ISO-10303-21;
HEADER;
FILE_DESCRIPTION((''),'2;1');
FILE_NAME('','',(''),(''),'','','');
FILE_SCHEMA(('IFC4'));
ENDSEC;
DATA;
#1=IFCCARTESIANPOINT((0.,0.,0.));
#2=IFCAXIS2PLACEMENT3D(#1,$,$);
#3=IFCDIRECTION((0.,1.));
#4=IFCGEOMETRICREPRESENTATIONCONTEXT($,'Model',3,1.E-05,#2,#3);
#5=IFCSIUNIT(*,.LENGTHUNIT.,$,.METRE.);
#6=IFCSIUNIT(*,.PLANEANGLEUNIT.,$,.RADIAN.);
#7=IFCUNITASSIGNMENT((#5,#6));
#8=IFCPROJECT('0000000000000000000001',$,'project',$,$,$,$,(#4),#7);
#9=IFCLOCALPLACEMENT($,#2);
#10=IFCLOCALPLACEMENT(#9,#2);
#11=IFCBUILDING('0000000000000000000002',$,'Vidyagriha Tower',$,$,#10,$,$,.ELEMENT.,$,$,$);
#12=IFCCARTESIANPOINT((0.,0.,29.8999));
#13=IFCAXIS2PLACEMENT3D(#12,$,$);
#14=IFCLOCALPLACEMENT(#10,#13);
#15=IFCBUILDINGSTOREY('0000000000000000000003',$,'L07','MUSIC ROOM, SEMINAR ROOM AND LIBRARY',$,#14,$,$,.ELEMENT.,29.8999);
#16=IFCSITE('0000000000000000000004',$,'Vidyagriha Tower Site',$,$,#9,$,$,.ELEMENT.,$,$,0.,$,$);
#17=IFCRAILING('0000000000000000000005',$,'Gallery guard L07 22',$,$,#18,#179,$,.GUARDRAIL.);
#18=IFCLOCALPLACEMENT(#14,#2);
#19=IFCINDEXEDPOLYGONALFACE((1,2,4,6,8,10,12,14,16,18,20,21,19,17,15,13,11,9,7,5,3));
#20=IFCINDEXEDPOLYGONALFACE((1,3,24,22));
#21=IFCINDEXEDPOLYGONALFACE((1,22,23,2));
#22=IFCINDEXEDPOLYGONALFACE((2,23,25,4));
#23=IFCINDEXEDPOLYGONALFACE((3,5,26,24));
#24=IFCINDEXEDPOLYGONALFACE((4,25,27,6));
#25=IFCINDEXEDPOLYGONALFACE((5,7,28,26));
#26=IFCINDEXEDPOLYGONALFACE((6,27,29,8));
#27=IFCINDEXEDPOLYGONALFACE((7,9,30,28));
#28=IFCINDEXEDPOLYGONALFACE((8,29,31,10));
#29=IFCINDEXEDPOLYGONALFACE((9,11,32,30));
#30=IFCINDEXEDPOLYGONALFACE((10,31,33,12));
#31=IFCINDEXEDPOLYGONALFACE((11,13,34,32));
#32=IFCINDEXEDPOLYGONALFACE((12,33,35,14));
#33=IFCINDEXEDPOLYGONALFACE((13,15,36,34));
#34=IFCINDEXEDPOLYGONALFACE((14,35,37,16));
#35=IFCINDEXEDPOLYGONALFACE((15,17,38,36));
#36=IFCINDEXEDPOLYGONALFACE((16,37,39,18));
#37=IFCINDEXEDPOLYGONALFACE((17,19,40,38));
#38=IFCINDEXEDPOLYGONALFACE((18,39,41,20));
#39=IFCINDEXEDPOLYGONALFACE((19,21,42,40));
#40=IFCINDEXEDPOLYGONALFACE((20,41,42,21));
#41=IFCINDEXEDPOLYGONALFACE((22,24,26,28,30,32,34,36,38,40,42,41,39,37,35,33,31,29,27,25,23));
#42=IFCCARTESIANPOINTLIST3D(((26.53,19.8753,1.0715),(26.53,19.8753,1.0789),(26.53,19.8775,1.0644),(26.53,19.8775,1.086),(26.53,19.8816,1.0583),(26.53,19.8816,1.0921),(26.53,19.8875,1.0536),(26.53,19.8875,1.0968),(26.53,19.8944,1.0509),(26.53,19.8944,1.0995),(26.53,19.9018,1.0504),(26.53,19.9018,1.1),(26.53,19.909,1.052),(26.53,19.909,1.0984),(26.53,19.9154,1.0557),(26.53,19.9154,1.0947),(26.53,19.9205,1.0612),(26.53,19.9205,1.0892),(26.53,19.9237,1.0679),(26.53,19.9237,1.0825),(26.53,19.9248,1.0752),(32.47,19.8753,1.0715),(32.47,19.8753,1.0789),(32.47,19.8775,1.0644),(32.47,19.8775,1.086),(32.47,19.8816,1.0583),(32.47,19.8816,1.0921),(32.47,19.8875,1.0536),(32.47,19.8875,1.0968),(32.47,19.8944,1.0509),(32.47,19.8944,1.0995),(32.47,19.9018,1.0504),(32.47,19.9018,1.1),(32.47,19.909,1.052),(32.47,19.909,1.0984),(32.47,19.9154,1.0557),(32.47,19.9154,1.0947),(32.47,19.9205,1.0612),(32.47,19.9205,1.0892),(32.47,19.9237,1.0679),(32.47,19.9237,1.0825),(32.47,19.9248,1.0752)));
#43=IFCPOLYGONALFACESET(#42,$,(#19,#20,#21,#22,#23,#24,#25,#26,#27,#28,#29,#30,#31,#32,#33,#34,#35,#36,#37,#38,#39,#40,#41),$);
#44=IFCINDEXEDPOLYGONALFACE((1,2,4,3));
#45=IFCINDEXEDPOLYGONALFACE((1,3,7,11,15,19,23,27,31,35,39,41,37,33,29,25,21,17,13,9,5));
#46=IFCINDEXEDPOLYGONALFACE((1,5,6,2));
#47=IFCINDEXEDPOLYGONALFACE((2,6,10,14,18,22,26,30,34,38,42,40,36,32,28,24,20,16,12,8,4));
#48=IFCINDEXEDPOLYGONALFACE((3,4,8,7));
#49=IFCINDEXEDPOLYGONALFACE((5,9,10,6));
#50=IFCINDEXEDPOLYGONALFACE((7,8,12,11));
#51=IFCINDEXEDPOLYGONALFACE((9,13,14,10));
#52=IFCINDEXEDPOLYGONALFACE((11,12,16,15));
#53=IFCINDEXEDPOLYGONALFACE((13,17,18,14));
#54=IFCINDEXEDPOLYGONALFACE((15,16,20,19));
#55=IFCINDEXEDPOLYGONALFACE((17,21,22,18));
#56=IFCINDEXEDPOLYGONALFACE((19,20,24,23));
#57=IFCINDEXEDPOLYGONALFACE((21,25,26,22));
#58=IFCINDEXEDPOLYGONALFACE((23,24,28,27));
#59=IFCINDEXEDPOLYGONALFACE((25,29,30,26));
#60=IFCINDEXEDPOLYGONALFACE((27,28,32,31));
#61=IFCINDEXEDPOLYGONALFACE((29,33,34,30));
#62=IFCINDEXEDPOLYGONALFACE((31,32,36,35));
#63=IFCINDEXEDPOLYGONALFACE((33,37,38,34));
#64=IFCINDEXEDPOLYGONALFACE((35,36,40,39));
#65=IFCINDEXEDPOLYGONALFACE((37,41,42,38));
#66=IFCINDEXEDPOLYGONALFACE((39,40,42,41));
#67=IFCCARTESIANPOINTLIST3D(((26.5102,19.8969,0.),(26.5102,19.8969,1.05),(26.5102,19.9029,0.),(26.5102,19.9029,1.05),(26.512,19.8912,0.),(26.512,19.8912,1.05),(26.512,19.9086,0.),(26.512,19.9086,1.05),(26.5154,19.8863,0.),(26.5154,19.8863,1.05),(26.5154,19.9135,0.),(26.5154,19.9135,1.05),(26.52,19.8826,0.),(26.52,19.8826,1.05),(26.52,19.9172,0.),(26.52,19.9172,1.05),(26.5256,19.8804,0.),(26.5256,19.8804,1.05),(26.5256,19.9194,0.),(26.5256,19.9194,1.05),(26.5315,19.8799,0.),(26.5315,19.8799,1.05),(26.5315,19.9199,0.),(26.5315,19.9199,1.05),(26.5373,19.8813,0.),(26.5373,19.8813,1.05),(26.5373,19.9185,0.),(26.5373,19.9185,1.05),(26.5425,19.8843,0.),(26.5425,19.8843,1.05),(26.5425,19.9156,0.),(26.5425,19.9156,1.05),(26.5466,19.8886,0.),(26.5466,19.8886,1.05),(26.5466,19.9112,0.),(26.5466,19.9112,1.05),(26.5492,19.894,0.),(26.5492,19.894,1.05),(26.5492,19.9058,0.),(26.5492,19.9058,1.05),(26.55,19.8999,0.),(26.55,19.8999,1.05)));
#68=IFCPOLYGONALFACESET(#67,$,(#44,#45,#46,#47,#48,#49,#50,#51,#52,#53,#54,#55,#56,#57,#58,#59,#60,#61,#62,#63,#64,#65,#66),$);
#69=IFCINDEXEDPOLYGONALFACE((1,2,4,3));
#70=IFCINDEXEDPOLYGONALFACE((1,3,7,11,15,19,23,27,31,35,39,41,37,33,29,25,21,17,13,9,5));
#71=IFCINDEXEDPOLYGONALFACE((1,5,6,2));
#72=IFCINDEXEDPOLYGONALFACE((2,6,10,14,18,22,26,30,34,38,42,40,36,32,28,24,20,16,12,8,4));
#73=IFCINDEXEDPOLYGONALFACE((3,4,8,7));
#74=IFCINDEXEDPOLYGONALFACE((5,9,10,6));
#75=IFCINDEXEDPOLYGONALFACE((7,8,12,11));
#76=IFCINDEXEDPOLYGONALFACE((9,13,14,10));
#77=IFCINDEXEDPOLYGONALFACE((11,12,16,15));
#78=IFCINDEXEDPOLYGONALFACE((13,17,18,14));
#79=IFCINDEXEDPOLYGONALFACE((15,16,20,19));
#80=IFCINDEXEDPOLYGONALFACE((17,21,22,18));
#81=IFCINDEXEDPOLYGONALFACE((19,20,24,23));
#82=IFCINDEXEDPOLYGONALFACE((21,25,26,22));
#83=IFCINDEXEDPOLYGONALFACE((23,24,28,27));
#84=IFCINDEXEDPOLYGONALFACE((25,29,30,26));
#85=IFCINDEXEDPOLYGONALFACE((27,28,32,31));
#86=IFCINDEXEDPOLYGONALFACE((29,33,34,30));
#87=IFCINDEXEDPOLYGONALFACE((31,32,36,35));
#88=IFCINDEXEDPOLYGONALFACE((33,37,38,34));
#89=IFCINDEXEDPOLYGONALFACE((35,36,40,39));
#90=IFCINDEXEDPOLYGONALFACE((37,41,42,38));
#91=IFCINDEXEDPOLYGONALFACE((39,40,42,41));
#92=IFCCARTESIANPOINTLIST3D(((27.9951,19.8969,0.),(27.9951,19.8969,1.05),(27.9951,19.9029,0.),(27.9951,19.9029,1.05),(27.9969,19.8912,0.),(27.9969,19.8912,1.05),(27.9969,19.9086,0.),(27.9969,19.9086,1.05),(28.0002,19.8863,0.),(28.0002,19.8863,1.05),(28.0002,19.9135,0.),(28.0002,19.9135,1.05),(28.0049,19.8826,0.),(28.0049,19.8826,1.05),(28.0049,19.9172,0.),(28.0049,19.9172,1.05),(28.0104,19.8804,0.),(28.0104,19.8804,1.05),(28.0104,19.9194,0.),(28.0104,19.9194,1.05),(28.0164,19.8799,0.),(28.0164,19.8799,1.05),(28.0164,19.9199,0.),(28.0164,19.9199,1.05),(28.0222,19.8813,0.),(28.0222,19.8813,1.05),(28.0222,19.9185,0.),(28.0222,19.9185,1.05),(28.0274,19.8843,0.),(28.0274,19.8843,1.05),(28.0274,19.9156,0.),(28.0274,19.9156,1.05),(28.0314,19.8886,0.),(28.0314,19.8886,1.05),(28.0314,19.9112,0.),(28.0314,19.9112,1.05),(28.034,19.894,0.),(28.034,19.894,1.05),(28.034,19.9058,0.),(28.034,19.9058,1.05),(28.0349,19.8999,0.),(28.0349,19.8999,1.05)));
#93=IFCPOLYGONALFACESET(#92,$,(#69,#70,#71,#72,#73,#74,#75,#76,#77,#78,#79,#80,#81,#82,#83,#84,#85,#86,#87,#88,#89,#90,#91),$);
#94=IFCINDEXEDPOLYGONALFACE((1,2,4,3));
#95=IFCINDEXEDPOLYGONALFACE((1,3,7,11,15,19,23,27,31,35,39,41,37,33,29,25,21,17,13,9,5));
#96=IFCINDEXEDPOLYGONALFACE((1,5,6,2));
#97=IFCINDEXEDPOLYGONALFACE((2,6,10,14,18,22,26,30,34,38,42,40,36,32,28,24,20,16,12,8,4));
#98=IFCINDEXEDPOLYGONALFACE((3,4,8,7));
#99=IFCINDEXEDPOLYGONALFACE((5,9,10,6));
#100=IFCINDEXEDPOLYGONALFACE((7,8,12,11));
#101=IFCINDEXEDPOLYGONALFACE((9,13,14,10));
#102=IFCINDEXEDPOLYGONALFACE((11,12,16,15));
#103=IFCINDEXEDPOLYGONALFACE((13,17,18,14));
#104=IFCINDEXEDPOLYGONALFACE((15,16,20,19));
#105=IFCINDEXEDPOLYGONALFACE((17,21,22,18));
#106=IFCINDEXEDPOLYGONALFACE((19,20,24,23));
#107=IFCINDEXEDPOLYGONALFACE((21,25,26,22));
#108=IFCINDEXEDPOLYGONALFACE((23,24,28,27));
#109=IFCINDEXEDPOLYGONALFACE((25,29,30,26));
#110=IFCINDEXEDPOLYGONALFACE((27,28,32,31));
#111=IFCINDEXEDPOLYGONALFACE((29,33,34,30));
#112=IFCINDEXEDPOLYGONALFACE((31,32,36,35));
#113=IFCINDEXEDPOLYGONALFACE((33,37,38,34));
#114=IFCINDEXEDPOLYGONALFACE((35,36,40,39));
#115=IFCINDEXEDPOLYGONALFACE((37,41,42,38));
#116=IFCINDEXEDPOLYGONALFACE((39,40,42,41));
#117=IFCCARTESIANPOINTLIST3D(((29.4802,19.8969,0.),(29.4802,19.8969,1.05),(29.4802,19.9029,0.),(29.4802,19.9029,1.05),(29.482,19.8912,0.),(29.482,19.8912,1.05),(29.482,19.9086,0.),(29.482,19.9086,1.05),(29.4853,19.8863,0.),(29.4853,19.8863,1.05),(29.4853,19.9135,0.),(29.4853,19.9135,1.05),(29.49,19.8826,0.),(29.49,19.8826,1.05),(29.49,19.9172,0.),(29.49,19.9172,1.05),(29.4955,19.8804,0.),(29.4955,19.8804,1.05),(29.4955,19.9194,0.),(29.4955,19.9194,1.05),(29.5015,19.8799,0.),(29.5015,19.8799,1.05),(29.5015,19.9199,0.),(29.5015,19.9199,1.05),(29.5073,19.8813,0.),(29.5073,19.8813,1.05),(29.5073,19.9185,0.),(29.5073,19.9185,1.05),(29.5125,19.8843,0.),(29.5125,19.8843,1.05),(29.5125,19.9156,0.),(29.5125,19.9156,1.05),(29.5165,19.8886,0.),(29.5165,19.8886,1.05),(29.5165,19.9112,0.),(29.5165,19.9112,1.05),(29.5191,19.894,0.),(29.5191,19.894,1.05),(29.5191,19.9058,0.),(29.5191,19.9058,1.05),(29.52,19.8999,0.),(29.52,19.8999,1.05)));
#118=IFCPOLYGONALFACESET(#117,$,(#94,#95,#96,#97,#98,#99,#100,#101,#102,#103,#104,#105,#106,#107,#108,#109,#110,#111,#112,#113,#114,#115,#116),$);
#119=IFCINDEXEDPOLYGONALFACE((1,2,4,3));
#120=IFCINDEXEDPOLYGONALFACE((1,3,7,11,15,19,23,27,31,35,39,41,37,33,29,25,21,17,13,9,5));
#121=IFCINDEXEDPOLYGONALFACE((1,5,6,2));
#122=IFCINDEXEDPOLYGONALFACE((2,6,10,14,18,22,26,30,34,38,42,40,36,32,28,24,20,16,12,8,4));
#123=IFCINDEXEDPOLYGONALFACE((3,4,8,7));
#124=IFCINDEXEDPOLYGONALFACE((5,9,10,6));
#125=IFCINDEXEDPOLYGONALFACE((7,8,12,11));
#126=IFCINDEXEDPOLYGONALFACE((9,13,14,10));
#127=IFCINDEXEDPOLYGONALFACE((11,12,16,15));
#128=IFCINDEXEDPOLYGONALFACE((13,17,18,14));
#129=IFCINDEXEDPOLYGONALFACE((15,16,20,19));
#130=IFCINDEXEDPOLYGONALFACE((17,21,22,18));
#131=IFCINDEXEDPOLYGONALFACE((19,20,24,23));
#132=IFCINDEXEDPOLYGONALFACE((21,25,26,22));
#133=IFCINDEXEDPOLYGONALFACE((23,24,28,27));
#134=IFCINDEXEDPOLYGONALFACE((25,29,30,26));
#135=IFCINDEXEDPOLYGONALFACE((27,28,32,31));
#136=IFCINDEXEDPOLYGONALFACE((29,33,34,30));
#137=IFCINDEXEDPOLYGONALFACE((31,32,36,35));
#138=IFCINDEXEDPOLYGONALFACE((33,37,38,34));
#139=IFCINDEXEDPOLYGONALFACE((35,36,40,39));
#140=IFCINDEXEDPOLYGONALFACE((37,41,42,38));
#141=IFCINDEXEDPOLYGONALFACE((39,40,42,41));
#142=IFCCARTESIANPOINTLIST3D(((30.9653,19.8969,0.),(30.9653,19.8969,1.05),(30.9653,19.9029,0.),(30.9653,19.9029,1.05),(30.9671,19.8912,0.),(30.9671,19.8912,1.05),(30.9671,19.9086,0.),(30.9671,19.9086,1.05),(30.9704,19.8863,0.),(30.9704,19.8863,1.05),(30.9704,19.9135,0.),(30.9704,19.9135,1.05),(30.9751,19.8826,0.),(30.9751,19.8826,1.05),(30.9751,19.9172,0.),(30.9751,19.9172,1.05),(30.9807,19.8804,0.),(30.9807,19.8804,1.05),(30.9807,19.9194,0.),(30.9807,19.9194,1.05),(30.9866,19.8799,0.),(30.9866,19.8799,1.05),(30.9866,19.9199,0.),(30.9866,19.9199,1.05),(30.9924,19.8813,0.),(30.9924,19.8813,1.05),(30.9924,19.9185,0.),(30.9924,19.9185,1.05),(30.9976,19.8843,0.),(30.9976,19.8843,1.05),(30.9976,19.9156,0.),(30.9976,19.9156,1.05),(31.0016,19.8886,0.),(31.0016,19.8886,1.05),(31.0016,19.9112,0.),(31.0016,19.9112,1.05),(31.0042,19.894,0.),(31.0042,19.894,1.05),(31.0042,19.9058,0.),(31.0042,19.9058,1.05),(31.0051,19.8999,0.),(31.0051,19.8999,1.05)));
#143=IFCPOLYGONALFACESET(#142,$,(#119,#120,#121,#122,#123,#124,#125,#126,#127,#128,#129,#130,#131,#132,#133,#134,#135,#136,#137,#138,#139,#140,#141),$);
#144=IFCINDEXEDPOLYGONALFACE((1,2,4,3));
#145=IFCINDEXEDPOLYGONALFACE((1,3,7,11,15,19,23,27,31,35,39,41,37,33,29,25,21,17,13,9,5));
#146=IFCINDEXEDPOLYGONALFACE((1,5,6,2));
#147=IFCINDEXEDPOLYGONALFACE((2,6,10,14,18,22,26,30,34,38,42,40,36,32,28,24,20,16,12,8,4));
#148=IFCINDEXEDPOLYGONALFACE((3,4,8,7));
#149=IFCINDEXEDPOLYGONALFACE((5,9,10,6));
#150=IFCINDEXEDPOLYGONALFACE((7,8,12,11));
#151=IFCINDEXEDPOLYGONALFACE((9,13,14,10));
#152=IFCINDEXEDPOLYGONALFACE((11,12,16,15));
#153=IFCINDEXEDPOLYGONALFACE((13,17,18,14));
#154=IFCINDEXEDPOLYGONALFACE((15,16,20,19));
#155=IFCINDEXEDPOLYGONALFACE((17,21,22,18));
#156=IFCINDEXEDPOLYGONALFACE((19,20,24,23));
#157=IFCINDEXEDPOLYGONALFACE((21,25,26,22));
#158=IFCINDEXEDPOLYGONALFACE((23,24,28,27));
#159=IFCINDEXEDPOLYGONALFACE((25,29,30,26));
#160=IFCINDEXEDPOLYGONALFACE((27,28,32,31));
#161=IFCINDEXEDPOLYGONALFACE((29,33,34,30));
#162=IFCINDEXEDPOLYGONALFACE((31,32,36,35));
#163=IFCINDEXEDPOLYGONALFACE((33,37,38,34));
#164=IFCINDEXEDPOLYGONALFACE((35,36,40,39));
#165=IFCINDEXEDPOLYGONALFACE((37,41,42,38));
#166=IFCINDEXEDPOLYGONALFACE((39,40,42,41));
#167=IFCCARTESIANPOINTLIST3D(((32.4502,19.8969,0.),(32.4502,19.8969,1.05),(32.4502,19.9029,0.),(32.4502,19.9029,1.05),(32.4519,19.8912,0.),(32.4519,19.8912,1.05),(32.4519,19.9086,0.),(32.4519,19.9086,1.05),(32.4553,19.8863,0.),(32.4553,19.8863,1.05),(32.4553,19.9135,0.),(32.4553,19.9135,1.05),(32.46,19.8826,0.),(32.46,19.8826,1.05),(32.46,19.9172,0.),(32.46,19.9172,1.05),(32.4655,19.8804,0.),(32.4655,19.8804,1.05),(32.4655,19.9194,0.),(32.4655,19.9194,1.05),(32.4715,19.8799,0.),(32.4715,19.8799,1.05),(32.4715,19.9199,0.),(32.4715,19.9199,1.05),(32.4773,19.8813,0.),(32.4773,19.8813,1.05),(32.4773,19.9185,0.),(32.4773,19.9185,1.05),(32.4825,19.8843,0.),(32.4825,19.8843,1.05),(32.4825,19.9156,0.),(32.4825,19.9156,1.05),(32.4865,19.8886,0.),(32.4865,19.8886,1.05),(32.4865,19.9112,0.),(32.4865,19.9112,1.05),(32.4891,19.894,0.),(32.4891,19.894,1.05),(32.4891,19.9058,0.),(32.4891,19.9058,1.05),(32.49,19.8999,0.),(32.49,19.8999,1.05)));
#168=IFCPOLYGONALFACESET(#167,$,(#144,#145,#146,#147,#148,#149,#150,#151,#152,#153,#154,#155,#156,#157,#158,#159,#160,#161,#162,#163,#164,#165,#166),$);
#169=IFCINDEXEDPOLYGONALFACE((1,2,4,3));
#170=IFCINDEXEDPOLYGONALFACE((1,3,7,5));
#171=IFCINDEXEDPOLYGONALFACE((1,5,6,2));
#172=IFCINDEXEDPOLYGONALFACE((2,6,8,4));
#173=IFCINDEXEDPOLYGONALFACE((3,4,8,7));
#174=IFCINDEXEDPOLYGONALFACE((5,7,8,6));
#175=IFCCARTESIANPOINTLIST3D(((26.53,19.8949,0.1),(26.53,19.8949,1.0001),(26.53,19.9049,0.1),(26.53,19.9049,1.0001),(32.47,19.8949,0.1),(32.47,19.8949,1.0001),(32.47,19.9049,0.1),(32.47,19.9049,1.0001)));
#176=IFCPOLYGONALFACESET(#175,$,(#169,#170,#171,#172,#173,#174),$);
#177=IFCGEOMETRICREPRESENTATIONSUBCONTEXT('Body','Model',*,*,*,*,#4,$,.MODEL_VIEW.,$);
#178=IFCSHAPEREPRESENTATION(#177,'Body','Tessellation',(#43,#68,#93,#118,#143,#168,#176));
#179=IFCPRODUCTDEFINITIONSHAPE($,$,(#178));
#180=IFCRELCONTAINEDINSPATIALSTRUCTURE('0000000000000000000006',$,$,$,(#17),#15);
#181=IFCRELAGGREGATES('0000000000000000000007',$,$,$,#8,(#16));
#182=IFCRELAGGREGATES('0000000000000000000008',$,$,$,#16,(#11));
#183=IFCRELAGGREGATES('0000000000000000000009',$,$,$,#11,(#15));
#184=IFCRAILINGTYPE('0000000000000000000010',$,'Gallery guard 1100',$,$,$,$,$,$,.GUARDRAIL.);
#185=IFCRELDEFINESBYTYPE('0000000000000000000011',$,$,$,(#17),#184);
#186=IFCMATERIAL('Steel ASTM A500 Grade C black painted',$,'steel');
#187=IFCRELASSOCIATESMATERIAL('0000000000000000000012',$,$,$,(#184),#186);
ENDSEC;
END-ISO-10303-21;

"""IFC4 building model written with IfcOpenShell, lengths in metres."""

from ifc_helpers import new_model, si_unit, direction, frame, origin, origin_2d, place, context, subcontext, project, spatial, rectangle, circle, extrude, material, type_object, element, save


model = new_model("IFC4")

# Units and contexts
model_context = context("Model", 3, precision=1e-05, world=origin(), true_north=direction((0.0, 1.0)))
body_context = subcontext(model_context, "Body", "Model", "MODEL_VIEW")
ifc_project = project(units=[si_unit("LENGTHUNIT", "METRE"), si_unit("PLANEANGLEUNIT", "RADIAN")], contexts=[model_context])

# Site, building, storey
site_placement = place(None, origin())
site = spatial("IfcSite", under=ifc_project, at=site_placement, Name="Vidyagriha Tower Site", CompositionType="ELEMENT", RefElevation=0.0)
building_placement = place(site_placement, origin())
building = spatial("IfcBuilding", under=site, at=building_placement, Name="Vidyagriha Tower", CompositionType="ELEMENT")
storey_placement = place(building_placement, frame((0.0, 0.0, 29.8999)))
storey = spatial("IfcBuildingStorey", under=building, at=storey_placement, Name="L07", Description="MUSIC ROOM, SEMINAR ROOM AND LIBRARY", CompositionType="ELEMENT", Elevation=29.8999)

# Railing
ifc_material_1 = material(Name="Steel ASTM A500 Grade C black painted", Category="steel")
railing_type = type_object("IfcRailingType", Name="Gallery guard 1100", PredefinedType="GUARDRAIL", material=ifc_material_1)
railing_1_placement = place(storey_placement, frame((26.53, 19.8999, 0.0)))
element("IfcRailing", 1, at=railing_1_placement, inside=storey, type_object=railing_type, Name="Gallery guard L07 22", PredefinedType="GUARDRAIL", context=body_context, shape_type="SweptSolid", body=[
    extrude(circle(Radius=0.0249, at=origin_2d()), frame((0.0, 0.0, 1.0752), z_axis=(1.0, 0.0, 0.0), x_axis=(0.0, 1.0, 0.0)), (0.0, 0.0, 1.0), 5.9399),
    extrude(circle(Radius=0.02, at=origin_2d()), origin(), (0.0, 0.0, 1.0), 1.05),
    extrude(circle(Radius=0.02, at=origin_2d()), frame((1.4849, 0.0, 0.0)), (0.0, 0.0, 1.0), 1.05),
    extrude(circle(Radius=0.02, at=origin_2d()), frame((2.97, 0.0, 0.0)), (0.0, 0.0, 1.0), 1.05),
    extrude(circle(Radius=0.02, at=origin_2d()), frame((4.4551, 0.0, 0.0)), (0.0, 0.0, 1.0), 1.05),
    extrude(circle(Radius=0.02, at=origin_2d()), frame((5.9399, 0.0, 0.0)), (0.0, 0.0, 1.0), 1.05),
    extrude(rectangle(XDim=0.01, YDim=0.9001, at=origin_2d()), frame((0.0, 0.0, 0.55), z_axis=(1.0, 0.0, 0.0), x_axis=(0.0, 1.0, 0.0)), (0.0, 0.0, 1.0), 5.9399),
])

save(model, "model.ifc")
